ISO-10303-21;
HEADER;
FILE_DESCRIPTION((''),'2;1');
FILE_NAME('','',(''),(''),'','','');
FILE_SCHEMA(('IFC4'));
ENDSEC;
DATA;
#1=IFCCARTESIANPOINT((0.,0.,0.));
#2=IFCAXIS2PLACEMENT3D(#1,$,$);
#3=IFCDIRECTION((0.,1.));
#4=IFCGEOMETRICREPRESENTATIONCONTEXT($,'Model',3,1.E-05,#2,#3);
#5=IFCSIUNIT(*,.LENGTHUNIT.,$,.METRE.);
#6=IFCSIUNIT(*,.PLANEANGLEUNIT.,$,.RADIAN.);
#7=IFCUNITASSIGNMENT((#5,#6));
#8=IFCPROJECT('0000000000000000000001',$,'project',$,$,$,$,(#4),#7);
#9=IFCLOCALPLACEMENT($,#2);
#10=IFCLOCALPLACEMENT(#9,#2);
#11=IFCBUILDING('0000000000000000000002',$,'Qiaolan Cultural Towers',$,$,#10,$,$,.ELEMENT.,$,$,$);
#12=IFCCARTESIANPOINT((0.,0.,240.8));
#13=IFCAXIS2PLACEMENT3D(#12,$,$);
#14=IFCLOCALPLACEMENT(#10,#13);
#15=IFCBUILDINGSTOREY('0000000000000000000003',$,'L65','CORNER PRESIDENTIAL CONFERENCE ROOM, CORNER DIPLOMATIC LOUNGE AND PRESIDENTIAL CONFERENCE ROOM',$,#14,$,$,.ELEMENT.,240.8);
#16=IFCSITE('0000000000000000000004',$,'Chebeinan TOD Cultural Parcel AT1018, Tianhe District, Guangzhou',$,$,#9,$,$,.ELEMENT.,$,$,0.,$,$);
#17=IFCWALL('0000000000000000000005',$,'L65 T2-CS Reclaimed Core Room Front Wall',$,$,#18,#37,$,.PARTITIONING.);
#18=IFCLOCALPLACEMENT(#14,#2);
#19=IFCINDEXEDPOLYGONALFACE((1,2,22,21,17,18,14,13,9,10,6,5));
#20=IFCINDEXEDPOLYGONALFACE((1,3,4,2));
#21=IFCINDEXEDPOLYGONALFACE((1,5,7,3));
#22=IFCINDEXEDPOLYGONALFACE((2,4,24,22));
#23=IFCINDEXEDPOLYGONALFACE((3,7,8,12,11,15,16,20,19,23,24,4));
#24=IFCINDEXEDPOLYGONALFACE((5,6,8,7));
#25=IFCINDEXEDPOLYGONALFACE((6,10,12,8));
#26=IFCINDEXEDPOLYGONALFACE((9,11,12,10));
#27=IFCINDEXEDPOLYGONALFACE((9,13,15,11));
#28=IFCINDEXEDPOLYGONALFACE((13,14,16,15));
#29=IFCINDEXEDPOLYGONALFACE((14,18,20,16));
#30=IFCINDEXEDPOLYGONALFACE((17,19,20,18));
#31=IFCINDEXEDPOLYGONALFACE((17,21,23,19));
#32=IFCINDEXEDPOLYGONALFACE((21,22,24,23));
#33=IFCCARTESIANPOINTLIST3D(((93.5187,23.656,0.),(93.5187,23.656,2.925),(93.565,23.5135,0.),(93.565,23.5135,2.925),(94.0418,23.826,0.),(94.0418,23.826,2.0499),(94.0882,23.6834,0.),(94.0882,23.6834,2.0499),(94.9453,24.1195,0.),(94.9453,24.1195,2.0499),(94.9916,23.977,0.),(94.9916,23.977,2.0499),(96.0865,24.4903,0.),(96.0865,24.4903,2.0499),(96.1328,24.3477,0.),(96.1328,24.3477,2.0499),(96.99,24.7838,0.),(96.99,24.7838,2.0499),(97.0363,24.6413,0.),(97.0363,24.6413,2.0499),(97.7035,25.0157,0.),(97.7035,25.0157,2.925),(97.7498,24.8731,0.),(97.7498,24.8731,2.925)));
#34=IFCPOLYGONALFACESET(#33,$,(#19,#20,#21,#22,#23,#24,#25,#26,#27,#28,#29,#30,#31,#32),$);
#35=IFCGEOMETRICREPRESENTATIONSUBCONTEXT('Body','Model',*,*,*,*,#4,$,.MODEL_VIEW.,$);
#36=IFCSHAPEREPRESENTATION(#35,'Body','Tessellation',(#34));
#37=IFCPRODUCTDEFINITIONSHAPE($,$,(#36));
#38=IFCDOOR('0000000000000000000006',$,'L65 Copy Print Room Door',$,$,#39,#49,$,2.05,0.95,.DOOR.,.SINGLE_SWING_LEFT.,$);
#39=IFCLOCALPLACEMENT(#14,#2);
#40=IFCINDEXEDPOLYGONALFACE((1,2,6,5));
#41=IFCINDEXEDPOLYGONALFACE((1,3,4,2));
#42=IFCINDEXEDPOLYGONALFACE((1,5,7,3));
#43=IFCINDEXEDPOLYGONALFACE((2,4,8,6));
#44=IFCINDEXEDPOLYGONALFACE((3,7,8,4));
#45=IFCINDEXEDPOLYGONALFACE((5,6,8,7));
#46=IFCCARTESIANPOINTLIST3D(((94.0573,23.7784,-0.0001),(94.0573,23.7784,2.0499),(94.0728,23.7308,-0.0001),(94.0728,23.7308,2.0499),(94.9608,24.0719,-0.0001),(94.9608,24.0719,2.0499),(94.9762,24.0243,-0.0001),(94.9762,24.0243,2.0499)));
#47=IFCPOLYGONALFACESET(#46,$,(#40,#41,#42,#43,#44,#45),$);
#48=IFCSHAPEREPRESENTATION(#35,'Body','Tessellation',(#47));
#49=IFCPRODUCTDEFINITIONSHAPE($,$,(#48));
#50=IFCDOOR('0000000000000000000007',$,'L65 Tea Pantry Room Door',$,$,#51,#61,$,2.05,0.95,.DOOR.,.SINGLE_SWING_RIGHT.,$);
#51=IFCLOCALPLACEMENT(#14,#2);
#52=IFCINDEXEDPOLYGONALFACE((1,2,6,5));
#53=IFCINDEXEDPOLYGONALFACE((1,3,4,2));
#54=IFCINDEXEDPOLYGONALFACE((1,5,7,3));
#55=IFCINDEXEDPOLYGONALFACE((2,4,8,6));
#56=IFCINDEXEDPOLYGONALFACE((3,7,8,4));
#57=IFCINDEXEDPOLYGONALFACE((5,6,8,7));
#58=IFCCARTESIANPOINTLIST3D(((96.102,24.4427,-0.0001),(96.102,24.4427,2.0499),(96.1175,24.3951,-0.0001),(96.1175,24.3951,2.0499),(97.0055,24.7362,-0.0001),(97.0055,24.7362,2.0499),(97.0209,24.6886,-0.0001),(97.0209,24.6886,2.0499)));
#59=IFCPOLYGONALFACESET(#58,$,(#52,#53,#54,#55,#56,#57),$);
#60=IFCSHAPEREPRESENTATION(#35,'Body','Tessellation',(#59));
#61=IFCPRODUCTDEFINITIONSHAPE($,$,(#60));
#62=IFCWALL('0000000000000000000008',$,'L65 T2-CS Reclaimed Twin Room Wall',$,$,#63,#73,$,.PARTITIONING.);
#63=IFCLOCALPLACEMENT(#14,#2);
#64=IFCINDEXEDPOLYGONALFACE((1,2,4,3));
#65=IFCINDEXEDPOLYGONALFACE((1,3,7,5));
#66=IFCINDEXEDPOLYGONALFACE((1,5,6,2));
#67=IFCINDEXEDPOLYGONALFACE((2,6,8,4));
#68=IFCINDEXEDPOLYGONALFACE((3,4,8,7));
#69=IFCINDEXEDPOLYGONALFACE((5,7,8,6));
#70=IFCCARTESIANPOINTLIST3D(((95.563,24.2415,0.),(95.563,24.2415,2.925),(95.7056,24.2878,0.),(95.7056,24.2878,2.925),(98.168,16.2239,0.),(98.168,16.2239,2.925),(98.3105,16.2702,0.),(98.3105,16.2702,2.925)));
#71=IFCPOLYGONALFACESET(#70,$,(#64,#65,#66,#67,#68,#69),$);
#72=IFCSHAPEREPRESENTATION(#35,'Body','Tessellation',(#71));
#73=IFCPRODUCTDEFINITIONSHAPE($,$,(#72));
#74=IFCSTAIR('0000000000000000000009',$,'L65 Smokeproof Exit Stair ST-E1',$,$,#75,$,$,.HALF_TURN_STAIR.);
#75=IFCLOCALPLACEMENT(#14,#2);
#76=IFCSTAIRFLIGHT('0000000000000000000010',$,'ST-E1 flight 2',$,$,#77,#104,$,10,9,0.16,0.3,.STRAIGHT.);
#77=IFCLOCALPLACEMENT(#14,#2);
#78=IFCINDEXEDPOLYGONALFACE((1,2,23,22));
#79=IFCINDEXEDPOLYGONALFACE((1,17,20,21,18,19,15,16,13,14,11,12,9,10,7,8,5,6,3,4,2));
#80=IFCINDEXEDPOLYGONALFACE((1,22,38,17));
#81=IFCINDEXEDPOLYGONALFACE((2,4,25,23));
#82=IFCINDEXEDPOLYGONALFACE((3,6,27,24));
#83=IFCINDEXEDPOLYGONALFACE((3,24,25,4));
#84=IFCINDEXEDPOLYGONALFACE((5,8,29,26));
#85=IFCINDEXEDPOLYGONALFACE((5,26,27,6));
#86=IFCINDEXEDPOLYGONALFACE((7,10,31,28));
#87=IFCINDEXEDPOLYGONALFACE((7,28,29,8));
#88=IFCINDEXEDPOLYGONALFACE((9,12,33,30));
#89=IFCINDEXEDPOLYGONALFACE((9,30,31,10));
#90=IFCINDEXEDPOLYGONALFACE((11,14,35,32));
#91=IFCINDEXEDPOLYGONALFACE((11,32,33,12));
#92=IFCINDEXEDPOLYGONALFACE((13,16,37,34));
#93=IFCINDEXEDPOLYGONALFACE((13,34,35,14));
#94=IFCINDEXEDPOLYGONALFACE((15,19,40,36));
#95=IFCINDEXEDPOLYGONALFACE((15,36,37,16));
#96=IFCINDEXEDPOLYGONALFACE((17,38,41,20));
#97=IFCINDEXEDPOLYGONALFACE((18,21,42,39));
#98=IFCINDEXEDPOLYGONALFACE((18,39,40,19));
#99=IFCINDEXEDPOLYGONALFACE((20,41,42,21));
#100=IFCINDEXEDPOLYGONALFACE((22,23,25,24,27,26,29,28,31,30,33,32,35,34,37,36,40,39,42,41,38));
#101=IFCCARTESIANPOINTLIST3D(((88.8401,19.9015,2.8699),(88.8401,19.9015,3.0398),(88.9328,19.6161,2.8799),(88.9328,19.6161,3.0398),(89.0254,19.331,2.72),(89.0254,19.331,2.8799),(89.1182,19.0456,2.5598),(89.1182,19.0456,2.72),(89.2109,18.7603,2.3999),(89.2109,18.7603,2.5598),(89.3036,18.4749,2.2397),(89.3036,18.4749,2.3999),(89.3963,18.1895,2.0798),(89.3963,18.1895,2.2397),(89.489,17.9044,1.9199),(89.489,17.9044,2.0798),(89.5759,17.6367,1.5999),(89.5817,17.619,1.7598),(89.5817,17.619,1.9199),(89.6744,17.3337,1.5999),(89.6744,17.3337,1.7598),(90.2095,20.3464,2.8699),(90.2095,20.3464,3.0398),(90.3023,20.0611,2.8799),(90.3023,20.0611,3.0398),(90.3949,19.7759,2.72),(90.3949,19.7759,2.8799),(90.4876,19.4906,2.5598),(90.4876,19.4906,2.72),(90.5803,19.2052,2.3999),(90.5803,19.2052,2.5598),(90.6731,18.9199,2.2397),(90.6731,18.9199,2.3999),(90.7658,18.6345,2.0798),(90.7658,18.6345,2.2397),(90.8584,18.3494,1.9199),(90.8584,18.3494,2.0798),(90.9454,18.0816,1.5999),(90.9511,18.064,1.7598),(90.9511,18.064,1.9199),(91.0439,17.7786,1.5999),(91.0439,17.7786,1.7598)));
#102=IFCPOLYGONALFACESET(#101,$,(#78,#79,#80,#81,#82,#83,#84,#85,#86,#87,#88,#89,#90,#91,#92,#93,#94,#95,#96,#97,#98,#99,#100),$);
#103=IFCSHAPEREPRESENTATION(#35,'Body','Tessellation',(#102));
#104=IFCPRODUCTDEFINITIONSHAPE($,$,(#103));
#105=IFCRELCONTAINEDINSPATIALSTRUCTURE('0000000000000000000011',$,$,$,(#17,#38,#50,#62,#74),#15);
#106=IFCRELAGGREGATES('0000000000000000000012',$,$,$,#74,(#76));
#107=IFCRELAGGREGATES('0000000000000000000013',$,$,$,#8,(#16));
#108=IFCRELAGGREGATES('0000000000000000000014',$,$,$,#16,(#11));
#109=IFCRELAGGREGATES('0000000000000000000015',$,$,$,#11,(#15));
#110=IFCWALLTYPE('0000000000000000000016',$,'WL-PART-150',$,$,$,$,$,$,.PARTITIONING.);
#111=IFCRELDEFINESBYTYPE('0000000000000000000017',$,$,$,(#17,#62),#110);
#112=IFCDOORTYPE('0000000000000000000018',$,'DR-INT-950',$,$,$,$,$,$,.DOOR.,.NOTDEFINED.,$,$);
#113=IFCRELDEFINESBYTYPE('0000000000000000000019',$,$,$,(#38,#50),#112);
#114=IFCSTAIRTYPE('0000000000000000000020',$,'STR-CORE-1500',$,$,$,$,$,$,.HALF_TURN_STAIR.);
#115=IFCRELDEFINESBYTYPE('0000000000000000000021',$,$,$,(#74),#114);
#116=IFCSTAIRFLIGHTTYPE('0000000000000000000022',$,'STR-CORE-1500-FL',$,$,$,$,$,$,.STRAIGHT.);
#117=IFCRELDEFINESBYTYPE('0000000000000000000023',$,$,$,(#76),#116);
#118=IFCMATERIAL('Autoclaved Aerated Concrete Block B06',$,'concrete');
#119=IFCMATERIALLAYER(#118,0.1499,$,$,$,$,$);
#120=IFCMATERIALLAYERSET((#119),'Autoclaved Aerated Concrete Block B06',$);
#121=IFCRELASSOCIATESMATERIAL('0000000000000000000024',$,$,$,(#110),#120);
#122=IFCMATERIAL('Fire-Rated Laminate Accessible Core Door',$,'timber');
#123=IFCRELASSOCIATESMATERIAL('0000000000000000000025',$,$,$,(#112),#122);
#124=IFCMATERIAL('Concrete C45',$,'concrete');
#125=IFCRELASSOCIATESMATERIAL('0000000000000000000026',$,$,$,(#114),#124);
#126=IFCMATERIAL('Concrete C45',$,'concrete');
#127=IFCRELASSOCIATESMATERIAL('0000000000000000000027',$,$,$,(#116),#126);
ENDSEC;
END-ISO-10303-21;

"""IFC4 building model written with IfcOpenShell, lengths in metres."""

from ifc_helpers import new_model, si_unit, direction, frame, frame_2d, origin, place, context, subcontext, project, spatial, polyline, rectangle, outline, extrude, material, layer, layer_set, type_object, element, fill, aggregate, save


model = new_model("IFC4")

# Units and contexts
model_context = context("Model", 3, precision=1e-05, world=origin(), true_north=direction((0.0, 1.0)))
body_context = subcontext(model_context, "Body", "Model", "MODEL_VIEW")
ifc_project = project(units=[si_unit("LENGTHUNIT", "METRE"), si_unit("PLANEANGLEUNIT", "RADIAN")], contexts=[model_context])

# Site, building, storey
site_placement = place(None, origin())
site = spatial("IfcSite", under=ifc_project, at=site_placement, Name="Chebeinan TOD Cultural Parcel AT1018, Tianhe District, Guangzhou", CompositionType="ELEMENT", RefElevation=0.0)
building_placement = place(site_placement, origin())
building = spatial("IfcBuilding", under=site, at=building_placement, Name="Qiaolan Cultural Towers", CompositionType="ELEMENT")
storey_placement = place(building_placement, frame((0.0, 0.0, 240.8)))
storey = spatial("IfcBuildingStorey", under=building, at=storey_placement, Name="L65", Description="CORNER PRESIDENTIAL CONFERENCE ROOM, CORNER DIPLOMATIC LOUNGE AND PRESIDENTIAL CONFERENCE ROOM", CompositionType="ELEMENT", Elevation=240.8)

# Wall, openings, doors
ifc_material_1 = material(Name="Autoclaved Aerated Concrete Block B06", Category="concrete")
ifc_layer_1 = layer(ifc_material_1, 0.1499)
ifc_layer_set_1 = layer_set([ifc_layer_1], Name="Autoclaved Aerated Concrete Block B06")
wall_type_1 = type_object("IfcWallType", Name="WL-PART-150", PredefinedType="PARTITIONING", material=ifc_layer_set_1)
wall_1_placement = place(storey_placement, frame((93.5417, 23.5847, 0.0), z_axis=(0.0, 0.0, 1.0), x_axis=(0.951064, 0.308994, 0.0)))
wall_1 = element("IfcWall", 1, at=wall_1_placement, inside=storey, type_object=wall_type_1, Name="L65 T2-CS Reclaimed Core Room Front Wall", PredefinedType="PARTITIONING", context=body_context, shape_type="SweptSolid", body=[
    extrude(rectangle(XDim=4.4001, YDim=0.1499, at=frame_2d((2.2002, 0.0))), origin(), (0.0, 0.0, 1.0), 2.925),
])
opening_1_placement = place(wall_1_placement, frame((0.55, 0.0, 0.0)))
opening_1 = element("IfcOpeningElement", 2, at=opening_1_placement, cuts=wall_1, PredefinedType="OPENING", context=body_context, shape_type="SweptSolid", body=[
    extrude(rectangle(XDim=0.95, YDim=2.05, at=frame_2d((0.4751, 1.0249))), frame((0.0, 0.085, 0.0), z_axis=(0.0, -1.0, 0.0), x_axis=(1.0, 0.0, 0.0)), (0.0, 0.0, 1.0), 0.1699),
])
opening_2_placement = place(wall_1_placement, frame((2.7, 0.0, 0.0)))
opening_2 = element("IfcOpeningElement", 3, at=opening_2_placement, cuts=wall_1, PredefinedType="OPENING", context=body_context, shape_type="SweptSolid", body=[
    extrude(rectangle(XDim=0.95, YDim=2.05, at=frame_2d((0.4751, 1.0249))), frame((0.0, 0.085, 0.0), z_axis=(0.0, -1.0, 0.0), x_axis=(1.0, 0.0, 0.0)), (0.0, 0.0, 1.0), 0.1699),
])
ifc_material_2 = material(Name="Fire-Rated Laminate Accessible Core Door", Category="timber")
door_type_1 = type_object("IfcDoorType", Name="DR-INT-950", OperationType="NOTDEFINED", PredefinedType="DOOR", material=ifc_material_2)
door_1_placement = place(opening_1_placement, origin())
door_1 = element("IfcDoor", 4, at=door_1_placement, inside=storey, type_object=door_type_1, Name="L65 Copy Print Room Door", OperationType="SINGLE_SWING_LEFT", OverallHeight=2.05, OverallWidth=0.95, PredefinedType="DOOR", context=body_context, shape_type="SweptSolid", body=[
    extrude(rectangle(XDim=0.95, YDim=2.05, at=frame_2d((0.4751, 1.0249))), frame((0.0, 0.0249, 0.0), z_axis=(0.0, -1.0, 0.0), x_axis=(1.0, 0.0, 0.0)), (0.0, 0.0, 1.0), 0.05),
])
fill(opening_1, door_1)
door_2_placement = place(opening_2_placement, origin())
door_2 = element("IfcDoor", 5, at=door_2_placement, inside=storey, type_object=door_type_1, Name="L65 Tea Pantry Room Door", OperationType="SINGLE_SWING_RIGHT", OverallHeight=2.05, OverallWidth=0.95, PredefinedType="DOOR", context=body_context, shape_type="SweptSolid", body=[
    extrude(rectangle(XDim=0.95, YDim=2.05, at=frame_2d((0.4751, 1.0249))), frame((0.0, 0.0249, 0.0), z_axis=(0.0, -1.0, 0.0), x_axis=(1.0, 0.0, 0.0)), (0.0, 0.0, 1.0), 0.05),
])
fill(opening_2, door_2)

# Wall
wall_2_placement = place(storey_placement, frame((95.6343, 24.2646, 0.0), z_axis=(0.0, 0.0, 1.0), x_axis=(0.309007, -0.95106, 0.0)))
element("IfcWall", 6, at=wall_2_placement, inside=storey, type_object=wall_type_1, Name="L65 T2-CS Reclaimed Twin Room Wall", PredefinedType="PARTITIONING", context=body_context, shape_type="SweptSolid", body=[
    extrude(rectangle(XDim=8.4302, YDim=0.1499, at=frame_2d((4.2151, 0.0))), origin(), (0.0, 0.0, 1.0), 2.925),
])

# Stair, stair flight
ifc_material_3 = material(Name="Concrete C45", Category="concrete")
stair_type = type_object("IfcStairType", Name="STR-CORE-1500", PredefinedType="HALF_TURN_STAIR", material=ifc_material_3)
stair_placement = place(storey_placement, origin())
stair = element("IfcStair", 7, at=stair_placement, inside=storey, type_object=stair_type, Name="L65 Smokeproof Exit Stair ST-E1", PredefinedType="HALF_TURN_STAIR")
ifc_material_4 = material(Name="Concrete C45", Category="concrete")
stair_flight_type = type_object("IfcStairFlightType", Name="STR-CORE-1500-FL", PredefinedType="STRAIGHT", material=ifc_material_4)
stair_flight_placement = place(storey_placement, frame((90.3591, 17.5562, 1.5999), z_axis=(0.0, 0.0, 1.0), x_axis=(-0.309017, 0.951057, 0.0)))
stair_flight = element("IfcStairFlight", 8, at=stair_flight_placement, type_object=stair_flight_type, Name="ST-E1 flight 2", NumberOfRisers=10, NumberOfTreads=9, PredefinedType="STRAIGHT", RiserHeight=0.16, TreadLength=0.3, context=body_context, shape_type="SweptSolid", body=[
    extrude(outline(polyline([(0.0, 0.0), (0.0, 0.1599), (0.3, 0.1599), (0.3, 0.3201), (0.6001, 0.3201), (0.6001, 0.48), (0.8999, 0.48), (0.8999, 0.6399), (1.2, 0.6399), (1.2, 0.8), (1.5, 0.8), (1.5, 0.96), (1.8, 0.96), (1.8, 1.1201), (2.1001, 1.1201), (2.1001, 1.28), (2.3999, 1.28), (2.3999, 1.4399), (2.7, 1.4399), (2.7, 1.6001), (2.7, 1.27), (0.3186, 0.0), (0.0, 0.0)])), frame((0.0, 0.72, 0.0), z_axis=(0.0, -1.0, 0.0), x_axis=(1.0, 0.0, 0.0)), (0.0, 0.0, 1.0), 1.4399),
])
aggregate(stair, [stair_flight])

save(model, "model.ifc")
